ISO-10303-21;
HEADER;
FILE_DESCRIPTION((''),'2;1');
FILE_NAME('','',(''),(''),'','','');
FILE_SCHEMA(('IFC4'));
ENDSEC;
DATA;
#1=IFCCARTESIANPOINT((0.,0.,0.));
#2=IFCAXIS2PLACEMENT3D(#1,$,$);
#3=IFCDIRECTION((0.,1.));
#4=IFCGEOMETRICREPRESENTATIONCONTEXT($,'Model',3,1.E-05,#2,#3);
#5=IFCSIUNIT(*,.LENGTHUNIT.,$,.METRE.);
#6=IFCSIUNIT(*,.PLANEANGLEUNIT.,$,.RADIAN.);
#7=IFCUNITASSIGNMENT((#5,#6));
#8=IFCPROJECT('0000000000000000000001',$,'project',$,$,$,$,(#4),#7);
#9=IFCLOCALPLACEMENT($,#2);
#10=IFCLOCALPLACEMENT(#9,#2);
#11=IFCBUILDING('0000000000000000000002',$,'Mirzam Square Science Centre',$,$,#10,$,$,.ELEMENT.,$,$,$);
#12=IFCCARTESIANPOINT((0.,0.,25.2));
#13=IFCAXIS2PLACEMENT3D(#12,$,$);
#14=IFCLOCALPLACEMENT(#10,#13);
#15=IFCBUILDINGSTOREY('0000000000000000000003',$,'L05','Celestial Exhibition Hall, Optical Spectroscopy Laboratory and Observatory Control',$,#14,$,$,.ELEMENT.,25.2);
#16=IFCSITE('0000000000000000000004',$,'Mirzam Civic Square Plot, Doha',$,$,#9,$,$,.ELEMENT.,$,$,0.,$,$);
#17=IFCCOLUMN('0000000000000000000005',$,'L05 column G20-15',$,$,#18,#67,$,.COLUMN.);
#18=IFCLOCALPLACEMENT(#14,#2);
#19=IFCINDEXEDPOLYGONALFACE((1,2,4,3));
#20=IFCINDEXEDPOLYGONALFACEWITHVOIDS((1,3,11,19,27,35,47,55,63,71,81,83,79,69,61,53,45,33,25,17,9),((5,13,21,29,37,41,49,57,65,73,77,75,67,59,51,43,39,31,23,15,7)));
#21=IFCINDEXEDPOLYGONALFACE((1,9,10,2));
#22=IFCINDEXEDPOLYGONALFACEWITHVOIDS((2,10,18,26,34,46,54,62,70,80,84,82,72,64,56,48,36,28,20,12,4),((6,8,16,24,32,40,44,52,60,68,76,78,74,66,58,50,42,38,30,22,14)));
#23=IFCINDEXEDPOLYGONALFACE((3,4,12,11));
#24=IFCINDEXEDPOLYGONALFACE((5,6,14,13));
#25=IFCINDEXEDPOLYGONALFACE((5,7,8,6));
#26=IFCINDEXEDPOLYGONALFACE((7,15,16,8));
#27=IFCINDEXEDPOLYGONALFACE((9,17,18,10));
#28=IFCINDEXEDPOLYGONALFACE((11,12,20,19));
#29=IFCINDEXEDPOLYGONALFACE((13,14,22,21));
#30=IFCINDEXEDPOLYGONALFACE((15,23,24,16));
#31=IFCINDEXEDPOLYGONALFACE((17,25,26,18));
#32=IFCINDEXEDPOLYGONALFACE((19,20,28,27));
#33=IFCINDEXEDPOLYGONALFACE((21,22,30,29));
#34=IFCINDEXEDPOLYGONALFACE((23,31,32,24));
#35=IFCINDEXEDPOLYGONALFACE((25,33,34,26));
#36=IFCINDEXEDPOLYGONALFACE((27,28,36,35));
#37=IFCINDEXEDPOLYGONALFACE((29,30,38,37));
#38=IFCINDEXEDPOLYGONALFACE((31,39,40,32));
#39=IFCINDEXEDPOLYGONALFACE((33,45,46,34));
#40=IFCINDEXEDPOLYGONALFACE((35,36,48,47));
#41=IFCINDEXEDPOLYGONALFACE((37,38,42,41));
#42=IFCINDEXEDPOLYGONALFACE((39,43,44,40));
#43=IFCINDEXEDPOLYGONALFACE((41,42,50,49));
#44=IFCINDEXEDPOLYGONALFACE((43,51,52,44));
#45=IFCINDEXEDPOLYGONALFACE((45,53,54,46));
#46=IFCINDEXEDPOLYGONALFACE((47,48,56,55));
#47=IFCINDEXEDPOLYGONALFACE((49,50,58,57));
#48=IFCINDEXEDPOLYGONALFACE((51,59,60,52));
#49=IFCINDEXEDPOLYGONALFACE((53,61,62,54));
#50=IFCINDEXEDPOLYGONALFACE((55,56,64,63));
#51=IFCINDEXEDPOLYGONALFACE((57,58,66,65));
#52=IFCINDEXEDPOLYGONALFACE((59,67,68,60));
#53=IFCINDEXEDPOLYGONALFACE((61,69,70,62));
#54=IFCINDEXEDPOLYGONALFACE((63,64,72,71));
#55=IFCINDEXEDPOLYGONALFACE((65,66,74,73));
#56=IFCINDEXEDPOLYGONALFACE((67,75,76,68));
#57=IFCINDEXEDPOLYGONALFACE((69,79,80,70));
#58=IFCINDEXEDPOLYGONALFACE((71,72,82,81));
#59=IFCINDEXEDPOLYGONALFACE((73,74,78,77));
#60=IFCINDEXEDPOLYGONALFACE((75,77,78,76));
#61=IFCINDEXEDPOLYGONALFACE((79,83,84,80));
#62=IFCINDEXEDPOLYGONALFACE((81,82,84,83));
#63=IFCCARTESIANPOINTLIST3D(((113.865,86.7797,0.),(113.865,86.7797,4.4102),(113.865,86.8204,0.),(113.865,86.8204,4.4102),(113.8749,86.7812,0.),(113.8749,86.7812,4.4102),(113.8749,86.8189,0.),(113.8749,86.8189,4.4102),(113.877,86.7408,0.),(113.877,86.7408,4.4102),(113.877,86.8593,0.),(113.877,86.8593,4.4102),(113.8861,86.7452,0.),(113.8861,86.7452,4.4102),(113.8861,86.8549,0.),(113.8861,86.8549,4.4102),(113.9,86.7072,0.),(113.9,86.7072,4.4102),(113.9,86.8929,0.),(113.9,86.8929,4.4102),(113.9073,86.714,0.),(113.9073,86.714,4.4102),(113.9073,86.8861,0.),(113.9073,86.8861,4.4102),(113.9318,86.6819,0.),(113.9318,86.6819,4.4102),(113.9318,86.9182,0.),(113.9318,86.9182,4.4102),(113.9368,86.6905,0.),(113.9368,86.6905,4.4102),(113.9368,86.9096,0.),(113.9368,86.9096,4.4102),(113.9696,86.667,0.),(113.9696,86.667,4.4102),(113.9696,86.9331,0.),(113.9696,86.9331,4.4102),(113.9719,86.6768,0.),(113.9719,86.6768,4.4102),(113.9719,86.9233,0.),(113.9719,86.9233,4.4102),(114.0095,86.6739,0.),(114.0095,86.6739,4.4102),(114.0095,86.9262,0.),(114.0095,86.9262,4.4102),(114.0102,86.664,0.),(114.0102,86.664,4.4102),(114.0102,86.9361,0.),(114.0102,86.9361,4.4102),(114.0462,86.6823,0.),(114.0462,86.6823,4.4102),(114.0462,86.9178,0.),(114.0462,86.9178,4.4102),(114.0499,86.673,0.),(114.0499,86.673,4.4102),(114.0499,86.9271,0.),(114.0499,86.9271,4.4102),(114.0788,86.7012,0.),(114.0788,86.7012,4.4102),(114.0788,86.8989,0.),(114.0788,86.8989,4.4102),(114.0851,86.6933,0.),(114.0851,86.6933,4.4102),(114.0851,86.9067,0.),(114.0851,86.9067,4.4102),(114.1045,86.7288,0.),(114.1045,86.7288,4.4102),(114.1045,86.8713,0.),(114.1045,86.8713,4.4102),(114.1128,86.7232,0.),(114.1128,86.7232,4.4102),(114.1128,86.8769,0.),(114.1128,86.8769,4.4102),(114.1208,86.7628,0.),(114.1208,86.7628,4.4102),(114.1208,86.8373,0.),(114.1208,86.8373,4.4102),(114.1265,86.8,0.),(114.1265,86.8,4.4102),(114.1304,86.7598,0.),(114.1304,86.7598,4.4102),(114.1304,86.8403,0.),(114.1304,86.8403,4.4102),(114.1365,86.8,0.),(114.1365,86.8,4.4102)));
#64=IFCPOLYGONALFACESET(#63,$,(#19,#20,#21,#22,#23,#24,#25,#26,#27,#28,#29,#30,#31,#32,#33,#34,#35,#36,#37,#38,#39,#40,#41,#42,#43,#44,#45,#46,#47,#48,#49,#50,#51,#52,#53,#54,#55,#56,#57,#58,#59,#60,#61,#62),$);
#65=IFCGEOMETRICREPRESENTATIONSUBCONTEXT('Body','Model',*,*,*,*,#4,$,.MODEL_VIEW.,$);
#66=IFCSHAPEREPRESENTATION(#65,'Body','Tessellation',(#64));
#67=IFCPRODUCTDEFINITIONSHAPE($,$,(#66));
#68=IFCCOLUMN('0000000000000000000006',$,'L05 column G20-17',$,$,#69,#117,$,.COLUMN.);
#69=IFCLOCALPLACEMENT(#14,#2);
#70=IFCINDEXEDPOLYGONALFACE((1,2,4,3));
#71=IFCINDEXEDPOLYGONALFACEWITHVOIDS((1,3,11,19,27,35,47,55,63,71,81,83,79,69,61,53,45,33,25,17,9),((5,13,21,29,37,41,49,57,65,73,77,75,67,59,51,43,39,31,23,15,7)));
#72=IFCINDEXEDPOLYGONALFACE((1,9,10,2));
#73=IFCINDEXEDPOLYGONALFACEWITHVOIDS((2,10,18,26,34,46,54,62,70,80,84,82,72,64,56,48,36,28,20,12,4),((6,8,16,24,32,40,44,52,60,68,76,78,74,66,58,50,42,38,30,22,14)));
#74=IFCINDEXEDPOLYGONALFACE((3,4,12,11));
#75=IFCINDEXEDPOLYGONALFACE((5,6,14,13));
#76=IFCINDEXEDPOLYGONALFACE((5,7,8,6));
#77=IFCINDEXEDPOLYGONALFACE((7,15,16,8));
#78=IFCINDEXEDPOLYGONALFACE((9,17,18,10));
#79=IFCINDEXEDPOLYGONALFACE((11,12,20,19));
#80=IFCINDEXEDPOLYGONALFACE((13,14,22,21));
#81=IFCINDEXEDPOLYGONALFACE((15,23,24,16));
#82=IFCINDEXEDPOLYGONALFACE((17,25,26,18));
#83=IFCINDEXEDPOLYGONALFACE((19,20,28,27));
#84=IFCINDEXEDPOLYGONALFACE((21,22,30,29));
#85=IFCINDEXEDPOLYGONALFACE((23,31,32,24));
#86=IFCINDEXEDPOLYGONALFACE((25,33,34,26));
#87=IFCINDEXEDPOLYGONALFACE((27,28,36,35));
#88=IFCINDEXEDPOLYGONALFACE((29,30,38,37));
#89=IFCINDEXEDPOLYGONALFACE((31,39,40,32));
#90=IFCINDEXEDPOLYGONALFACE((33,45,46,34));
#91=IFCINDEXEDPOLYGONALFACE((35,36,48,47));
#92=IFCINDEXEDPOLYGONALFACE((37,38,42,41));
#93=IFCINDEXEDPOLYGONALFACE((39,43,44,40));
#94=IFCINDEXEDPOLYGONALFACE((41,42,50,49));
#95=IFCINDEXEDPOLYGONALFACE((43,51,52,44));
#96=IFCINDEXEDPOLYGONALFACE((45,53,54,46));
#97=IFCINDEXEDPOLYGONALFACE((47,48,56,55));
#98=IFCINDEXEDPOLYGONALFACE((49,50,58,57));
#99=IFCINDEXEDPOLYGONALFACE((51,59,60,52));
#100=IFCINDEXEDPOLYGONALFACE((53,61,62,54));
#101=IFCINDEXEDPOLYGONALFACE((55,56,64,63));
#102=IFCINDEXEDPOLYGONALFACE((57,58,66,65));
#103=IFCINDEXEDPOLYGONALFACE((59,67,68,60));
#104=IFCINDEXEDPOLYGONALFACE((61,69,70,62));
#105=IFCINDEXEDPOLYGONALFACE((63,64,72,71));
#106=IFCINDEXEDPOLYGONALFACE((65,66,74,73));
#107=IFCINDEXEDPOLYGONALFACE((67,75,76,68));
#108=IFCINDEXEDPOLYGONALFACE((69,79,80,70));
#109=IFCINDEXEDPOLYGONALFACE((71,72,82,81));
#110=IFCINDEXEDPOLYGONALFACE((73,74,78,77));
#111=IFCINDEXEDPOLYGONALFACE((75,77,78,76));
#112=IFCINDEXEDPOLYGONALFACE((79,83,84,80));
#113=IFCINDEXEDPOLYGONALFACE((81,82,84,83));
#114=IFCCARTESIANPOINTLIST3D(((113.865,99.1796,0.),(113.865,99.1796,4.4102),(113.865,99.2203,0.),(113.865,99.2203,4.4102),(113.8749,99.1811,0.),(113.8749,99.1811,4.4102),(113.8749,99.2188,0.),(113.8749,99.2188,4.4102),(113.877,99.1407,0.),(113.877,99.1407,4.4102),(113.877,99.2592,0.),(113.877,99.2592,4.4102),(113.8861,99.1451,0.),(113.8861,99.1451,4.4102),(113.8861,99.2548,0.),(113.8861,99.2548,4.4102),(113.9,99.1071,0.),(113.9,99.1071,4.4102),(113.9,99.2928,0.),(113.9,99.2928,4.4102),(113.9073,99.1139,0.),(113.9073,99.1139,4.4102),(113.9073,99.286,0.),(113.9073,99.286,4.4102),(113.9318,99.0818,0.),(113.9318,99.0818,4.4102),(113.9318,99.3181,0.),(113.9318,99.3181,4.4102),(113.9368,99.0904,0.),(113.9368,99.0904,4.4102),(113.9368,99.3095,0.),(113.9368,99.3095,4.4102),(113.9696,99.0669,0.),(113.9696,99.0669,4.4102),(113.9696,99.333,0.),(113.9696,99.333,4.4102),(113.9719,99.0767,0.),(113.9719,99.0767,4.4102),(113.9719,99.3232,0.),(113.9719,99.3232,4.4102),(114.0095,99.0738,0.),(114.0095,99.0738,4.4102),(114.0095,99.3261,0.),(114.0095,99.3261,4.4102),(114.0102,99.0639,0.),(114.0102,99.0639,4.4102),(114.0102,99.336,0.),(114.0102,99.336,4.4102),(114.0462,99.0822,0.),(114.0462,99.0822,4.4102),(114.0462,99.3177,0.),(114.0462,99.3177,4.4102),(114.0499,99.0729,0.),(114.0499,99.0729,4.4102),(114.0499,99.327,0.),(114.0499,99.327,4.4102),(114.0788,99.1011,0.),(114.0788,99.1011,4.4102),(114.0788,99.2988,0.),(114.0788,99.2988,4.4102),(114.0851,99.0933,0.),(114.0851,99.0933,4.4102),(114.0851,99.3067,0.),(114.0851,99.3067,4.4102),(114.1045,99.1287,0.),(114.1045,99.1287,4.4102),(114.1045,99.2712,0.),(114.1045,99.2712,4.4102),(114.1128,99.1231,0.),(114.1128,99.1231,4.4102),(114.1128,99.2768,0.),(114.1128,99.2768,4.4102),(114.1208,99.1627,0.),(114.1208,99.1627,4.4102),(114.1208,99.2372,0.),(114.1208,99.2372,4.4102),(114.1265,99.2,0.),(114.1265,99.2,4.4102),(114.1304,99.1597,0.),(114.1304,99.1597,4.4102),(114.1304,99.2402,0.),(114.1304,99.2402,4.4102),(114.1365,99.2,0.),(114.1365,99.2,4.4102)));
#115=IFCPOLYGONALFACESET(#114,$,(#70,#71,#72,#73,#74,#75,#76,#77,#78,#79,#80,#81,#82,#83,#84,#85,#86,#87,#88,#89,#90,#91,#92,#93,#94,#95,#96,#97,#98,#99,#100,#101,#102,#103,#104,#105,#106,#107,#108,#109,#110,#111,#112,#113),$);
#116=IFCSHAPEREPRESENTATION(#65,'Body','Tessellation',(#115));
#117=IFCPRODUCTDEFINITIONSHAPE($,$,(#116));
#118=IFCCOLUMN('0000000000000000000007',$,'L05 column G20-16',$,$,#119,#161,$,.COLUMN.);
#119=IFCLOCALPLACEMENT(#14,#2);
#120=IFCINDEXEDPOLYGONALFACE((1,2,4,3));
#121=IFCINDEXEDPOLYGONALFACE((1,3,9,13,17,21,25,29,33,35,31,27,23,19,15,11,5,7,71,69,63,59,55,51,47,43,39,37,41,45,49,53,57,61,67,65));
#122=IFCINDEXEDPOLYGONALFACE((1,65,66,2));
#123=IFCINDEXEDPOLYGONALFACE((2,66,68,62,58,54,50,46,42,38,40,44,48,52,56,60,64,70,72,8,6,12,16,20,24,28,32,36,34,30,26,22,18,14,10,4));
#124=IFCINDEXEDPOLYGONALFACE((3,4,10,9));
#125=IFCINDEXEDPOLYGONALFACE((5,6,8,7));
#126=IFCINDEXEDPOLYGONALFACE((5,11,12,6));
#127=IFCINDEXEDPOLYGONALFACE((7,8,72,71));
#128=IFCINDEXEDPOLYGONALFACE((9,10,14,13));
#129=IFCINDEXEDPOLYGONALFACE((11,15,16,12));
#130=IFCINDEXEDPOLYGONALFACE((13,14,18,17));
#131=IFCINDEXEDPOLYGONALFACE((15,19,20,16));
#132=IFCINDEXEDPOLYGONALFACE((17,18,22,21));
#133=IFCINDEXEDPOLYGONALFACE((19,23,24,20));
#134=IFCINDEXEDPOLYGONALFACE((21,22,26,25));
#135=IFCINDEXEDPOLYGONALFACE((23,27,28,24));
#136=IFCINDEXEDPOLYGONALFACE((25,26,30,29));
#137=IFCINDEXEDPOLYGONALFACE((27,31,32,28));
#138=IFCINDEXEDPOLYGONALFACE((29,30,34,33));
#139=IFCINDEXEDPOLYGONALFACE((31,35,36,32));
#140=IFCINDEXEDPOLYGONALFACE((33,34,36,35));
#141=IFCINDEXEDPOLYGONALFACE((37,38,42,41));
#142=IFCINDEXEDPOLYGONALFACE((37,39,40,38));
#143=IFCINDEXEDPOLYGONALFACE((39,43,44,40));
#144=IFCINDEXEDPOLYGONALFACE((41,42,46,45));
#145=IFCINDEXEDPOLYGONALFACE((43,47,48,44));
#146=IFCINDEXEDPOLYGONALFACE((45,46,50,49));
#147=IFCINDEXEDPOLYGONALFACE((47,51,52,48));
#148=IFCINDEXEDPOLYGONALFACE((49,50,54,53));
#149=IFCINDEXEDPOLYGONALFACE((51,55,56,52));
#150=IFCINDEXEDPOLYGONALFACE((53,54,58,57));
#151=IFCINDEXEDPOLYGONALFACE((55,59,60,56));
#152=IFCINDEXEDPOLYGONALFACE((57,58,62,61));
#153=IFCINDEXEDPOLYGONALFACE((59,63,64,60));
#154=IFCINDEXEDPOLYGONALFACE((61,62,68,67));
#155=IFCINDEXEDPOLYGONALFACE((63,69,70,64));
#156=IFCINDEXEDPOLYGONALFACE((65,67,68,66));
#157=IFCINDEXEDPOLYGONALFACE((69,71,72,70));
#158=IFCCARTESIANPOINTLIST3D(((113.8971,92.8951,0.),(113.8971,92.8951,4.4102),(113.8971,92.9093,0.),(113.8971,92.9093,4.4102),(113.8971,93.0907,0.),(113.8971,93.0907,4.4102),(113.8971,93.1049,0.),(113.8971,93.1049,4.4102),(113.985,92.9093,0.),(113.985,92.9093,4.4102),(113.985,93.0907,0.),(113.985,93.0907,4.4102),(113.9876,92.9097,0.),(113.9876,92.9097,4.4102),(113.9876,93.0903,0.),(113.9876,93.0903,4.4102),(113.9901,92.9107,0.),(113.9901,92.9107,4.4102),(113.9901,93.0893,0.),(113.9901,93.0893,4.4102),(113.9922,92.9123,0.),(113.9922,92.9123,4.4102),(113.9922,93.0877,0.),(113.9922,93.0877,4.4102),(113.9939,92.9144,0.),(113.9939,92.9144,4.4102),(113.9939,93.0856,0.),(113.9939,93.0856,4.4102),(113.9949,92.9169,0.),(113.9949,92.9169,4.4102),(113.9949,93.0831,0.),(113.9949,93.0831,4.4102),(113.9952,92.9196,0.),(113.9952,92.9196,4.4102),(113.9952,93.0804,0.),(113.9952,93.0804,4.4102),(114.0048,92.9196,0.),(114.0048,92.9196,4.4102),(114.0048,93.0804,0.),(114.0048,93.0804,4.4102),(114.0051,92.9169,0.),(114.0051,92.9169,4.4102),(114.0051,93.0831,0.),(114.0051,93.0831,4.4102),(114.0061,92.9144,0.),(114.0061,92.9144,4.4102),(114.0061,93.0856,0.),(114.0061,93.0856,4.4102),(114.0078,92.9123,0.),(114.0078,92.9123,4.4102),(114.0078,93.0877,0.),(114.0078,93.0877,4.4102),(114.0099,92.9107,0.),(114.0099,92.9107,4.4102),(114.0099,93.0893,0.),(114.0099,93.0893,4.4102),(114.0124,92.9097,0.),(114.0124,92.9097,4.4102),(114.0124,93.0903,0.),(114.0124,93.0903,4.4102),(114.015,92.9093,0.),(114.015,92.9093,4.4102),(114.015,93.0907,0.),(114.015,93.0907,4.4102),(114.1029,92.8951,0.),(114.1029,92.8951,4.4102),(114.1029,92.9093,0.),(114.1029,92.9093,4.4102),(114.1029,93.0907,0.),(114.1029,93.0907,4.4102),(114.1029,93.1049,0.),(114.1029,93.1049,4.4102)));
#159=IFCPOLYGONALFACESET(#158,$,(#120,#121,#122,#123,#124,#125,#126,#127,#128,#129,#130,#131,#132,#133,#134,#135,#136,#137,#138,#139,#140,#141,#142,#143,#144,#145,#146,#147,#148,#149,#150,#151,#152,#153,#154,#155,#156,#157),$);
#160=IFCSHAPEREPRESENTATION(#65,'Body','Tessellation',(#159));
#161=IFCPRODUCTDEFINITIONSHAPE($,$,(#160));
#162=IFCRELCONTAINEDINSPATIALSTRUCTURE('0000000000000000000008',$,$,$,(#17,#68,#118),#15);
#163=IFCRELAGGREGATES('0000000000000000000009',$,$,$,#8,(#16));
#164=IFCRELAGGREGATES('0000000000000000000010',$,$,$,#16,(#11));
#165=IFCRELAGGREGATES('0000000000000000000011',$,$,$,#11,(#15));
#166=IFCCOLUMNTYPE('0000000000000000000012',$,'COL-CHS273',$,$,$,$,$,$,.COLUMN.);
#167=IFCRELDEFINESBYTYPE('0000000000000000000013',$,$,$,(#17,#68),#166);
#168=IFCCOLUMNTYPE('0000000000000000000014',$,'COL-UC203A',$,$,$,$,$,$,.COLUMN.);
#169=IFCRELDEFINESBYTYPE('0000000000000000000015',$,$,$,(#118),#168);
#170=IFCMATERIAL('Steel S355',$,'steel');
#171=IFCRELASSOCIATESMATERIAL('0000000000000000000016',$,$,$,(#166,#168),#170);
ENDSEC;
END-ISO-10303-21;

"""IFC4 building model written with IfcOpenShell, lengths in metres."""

from ifc_helpers import new_model, si_unit, direction, frame, origin, origin_2d, place, context, subcontext, project, spatial, hollow_circle, i_section, extrude, material, material_profile, profile_set, type_object, element, save


model = new_model("IFC4")

# Units and contexts
model_context = context("Model", 3, precision=1e-05, world=origin(), true_north=direction((0.0, 1.0)))
body_context = subcontext(model_context, "Body", "Model", "MODEL_VIEW")
ifc_project = project(units=[si_unit("LENGTHUNIT", "METRE"), si_unit("PLANEANGLEUNIT", "RADIAN")], contexts=[model_context])

# Site, building, storey
site_placement = place(None, origin())
site = spatial("IfcSite", under=ifc_project, at=site_placement, Name="Mirzam Civic Square Plot, Doha", CompositionType="ELEMENT", RefElevation=0.0)
building_placement = place(site_placement, origin())
building = spatial("IfcBuilding", under=site, at=building_placement, Name="Mirzam Square Science Centre", CompositionType="ELEMENT")
storey_placement = place(building_placement, frame((0.0, 0.0, 25.2)))
storey = spatial("IfcBuildingStorey", under=building, at=storey_placement, Name="L05", Description="Celestial Exhibition Hall, Optical Spectroscopy Laboratory and Observatory Control", CompositionType="ELEMENT", Elevation=25.2)

# Columns
ifc_material_1 = material(Name="Steel S355", Category="steel")
ifc_material_profile_1 = material_profile(ifc_material_1, hollow_circle(Radius=0.1365, WallThickness=0.01, at=origin_2d()), Name="273.0x10.0CHS")
ifc_profile_set_1 = profile_set([ifc_material_profile_1], Name="Steel S355")
column_type_1 = type_object("IfcColumnType", Name="COL-CHS273", PredefinedType="COLUMN", material=ifc_profile_set_1)
for number, where, z_axis, x_axis, name in (
    (1, (114.0, 86.8, 0.0), (0.0, 0.0, 1.0), (1.0, 0.0, 0.0), "L05 column G20-15"),
    (2, (114.0, 99.2, 0.0), (0.0, 0.0, 1.0), (1.0, 0.0, 0.0), "L05 column G20-17"),
):
    element("IfcColumn", number, at=place(storey_placement, frame(where, z_axis=z_axis, x_axis=x_axis)), inside=storey, type_object=column_type_1, Name=name, PredefinedType="COLUMN", context=body_context, shape_type="SweptSolid", body=[
        extrude(hollow_circle(Radius=0.1365, WallThickness=0.01, at=origin_2d()), origin(), (0.0, 0.0, 1.0), 4.4102),
    ])
ifc_material_profile_2 = material_profile(ifc_material_1, i_section(OverallWidth=0.2058, OverallDepth=0.2097, WebThickness=0.0095, FlangeThickness=0.0142, FilletRadius=0.0103, at=origin_2d()), Name="203x203x60UC")
ifc_profile_set_2 = profile_set([ifc_material_profile_2], Name="Steel S355")
column_type_2 = type_object("IfcColumnType", Name="COL-UC203A", PredefinedType="COLUMN", material=ifc_profile_set_2)
column_placement = place(storey_placement, frame((114.0, 93.0, 0.0), z_axis=(0.0, 0.0, 1.0), x_axis=(1.0, 0.0, 0.0)))
element("IfcColumn", 3, at=column_placement, inside=storey, type_object=column_type_2, Name="L05 column G20-16", PredefinedType="COLUMN", context=body_context, shape_type="SweptSolid", body=[
    extrude(i_section(OverallWidth=0.2058, OverallDepth=0.2097, WebThickness=0.0095, FlangeThickness=0.0142, FilletRadius=0.0103, at=origin_2d()), origin(), (0.0, 0.0, 1.0), 4.4102),
])

save(model, "model.ifc")
